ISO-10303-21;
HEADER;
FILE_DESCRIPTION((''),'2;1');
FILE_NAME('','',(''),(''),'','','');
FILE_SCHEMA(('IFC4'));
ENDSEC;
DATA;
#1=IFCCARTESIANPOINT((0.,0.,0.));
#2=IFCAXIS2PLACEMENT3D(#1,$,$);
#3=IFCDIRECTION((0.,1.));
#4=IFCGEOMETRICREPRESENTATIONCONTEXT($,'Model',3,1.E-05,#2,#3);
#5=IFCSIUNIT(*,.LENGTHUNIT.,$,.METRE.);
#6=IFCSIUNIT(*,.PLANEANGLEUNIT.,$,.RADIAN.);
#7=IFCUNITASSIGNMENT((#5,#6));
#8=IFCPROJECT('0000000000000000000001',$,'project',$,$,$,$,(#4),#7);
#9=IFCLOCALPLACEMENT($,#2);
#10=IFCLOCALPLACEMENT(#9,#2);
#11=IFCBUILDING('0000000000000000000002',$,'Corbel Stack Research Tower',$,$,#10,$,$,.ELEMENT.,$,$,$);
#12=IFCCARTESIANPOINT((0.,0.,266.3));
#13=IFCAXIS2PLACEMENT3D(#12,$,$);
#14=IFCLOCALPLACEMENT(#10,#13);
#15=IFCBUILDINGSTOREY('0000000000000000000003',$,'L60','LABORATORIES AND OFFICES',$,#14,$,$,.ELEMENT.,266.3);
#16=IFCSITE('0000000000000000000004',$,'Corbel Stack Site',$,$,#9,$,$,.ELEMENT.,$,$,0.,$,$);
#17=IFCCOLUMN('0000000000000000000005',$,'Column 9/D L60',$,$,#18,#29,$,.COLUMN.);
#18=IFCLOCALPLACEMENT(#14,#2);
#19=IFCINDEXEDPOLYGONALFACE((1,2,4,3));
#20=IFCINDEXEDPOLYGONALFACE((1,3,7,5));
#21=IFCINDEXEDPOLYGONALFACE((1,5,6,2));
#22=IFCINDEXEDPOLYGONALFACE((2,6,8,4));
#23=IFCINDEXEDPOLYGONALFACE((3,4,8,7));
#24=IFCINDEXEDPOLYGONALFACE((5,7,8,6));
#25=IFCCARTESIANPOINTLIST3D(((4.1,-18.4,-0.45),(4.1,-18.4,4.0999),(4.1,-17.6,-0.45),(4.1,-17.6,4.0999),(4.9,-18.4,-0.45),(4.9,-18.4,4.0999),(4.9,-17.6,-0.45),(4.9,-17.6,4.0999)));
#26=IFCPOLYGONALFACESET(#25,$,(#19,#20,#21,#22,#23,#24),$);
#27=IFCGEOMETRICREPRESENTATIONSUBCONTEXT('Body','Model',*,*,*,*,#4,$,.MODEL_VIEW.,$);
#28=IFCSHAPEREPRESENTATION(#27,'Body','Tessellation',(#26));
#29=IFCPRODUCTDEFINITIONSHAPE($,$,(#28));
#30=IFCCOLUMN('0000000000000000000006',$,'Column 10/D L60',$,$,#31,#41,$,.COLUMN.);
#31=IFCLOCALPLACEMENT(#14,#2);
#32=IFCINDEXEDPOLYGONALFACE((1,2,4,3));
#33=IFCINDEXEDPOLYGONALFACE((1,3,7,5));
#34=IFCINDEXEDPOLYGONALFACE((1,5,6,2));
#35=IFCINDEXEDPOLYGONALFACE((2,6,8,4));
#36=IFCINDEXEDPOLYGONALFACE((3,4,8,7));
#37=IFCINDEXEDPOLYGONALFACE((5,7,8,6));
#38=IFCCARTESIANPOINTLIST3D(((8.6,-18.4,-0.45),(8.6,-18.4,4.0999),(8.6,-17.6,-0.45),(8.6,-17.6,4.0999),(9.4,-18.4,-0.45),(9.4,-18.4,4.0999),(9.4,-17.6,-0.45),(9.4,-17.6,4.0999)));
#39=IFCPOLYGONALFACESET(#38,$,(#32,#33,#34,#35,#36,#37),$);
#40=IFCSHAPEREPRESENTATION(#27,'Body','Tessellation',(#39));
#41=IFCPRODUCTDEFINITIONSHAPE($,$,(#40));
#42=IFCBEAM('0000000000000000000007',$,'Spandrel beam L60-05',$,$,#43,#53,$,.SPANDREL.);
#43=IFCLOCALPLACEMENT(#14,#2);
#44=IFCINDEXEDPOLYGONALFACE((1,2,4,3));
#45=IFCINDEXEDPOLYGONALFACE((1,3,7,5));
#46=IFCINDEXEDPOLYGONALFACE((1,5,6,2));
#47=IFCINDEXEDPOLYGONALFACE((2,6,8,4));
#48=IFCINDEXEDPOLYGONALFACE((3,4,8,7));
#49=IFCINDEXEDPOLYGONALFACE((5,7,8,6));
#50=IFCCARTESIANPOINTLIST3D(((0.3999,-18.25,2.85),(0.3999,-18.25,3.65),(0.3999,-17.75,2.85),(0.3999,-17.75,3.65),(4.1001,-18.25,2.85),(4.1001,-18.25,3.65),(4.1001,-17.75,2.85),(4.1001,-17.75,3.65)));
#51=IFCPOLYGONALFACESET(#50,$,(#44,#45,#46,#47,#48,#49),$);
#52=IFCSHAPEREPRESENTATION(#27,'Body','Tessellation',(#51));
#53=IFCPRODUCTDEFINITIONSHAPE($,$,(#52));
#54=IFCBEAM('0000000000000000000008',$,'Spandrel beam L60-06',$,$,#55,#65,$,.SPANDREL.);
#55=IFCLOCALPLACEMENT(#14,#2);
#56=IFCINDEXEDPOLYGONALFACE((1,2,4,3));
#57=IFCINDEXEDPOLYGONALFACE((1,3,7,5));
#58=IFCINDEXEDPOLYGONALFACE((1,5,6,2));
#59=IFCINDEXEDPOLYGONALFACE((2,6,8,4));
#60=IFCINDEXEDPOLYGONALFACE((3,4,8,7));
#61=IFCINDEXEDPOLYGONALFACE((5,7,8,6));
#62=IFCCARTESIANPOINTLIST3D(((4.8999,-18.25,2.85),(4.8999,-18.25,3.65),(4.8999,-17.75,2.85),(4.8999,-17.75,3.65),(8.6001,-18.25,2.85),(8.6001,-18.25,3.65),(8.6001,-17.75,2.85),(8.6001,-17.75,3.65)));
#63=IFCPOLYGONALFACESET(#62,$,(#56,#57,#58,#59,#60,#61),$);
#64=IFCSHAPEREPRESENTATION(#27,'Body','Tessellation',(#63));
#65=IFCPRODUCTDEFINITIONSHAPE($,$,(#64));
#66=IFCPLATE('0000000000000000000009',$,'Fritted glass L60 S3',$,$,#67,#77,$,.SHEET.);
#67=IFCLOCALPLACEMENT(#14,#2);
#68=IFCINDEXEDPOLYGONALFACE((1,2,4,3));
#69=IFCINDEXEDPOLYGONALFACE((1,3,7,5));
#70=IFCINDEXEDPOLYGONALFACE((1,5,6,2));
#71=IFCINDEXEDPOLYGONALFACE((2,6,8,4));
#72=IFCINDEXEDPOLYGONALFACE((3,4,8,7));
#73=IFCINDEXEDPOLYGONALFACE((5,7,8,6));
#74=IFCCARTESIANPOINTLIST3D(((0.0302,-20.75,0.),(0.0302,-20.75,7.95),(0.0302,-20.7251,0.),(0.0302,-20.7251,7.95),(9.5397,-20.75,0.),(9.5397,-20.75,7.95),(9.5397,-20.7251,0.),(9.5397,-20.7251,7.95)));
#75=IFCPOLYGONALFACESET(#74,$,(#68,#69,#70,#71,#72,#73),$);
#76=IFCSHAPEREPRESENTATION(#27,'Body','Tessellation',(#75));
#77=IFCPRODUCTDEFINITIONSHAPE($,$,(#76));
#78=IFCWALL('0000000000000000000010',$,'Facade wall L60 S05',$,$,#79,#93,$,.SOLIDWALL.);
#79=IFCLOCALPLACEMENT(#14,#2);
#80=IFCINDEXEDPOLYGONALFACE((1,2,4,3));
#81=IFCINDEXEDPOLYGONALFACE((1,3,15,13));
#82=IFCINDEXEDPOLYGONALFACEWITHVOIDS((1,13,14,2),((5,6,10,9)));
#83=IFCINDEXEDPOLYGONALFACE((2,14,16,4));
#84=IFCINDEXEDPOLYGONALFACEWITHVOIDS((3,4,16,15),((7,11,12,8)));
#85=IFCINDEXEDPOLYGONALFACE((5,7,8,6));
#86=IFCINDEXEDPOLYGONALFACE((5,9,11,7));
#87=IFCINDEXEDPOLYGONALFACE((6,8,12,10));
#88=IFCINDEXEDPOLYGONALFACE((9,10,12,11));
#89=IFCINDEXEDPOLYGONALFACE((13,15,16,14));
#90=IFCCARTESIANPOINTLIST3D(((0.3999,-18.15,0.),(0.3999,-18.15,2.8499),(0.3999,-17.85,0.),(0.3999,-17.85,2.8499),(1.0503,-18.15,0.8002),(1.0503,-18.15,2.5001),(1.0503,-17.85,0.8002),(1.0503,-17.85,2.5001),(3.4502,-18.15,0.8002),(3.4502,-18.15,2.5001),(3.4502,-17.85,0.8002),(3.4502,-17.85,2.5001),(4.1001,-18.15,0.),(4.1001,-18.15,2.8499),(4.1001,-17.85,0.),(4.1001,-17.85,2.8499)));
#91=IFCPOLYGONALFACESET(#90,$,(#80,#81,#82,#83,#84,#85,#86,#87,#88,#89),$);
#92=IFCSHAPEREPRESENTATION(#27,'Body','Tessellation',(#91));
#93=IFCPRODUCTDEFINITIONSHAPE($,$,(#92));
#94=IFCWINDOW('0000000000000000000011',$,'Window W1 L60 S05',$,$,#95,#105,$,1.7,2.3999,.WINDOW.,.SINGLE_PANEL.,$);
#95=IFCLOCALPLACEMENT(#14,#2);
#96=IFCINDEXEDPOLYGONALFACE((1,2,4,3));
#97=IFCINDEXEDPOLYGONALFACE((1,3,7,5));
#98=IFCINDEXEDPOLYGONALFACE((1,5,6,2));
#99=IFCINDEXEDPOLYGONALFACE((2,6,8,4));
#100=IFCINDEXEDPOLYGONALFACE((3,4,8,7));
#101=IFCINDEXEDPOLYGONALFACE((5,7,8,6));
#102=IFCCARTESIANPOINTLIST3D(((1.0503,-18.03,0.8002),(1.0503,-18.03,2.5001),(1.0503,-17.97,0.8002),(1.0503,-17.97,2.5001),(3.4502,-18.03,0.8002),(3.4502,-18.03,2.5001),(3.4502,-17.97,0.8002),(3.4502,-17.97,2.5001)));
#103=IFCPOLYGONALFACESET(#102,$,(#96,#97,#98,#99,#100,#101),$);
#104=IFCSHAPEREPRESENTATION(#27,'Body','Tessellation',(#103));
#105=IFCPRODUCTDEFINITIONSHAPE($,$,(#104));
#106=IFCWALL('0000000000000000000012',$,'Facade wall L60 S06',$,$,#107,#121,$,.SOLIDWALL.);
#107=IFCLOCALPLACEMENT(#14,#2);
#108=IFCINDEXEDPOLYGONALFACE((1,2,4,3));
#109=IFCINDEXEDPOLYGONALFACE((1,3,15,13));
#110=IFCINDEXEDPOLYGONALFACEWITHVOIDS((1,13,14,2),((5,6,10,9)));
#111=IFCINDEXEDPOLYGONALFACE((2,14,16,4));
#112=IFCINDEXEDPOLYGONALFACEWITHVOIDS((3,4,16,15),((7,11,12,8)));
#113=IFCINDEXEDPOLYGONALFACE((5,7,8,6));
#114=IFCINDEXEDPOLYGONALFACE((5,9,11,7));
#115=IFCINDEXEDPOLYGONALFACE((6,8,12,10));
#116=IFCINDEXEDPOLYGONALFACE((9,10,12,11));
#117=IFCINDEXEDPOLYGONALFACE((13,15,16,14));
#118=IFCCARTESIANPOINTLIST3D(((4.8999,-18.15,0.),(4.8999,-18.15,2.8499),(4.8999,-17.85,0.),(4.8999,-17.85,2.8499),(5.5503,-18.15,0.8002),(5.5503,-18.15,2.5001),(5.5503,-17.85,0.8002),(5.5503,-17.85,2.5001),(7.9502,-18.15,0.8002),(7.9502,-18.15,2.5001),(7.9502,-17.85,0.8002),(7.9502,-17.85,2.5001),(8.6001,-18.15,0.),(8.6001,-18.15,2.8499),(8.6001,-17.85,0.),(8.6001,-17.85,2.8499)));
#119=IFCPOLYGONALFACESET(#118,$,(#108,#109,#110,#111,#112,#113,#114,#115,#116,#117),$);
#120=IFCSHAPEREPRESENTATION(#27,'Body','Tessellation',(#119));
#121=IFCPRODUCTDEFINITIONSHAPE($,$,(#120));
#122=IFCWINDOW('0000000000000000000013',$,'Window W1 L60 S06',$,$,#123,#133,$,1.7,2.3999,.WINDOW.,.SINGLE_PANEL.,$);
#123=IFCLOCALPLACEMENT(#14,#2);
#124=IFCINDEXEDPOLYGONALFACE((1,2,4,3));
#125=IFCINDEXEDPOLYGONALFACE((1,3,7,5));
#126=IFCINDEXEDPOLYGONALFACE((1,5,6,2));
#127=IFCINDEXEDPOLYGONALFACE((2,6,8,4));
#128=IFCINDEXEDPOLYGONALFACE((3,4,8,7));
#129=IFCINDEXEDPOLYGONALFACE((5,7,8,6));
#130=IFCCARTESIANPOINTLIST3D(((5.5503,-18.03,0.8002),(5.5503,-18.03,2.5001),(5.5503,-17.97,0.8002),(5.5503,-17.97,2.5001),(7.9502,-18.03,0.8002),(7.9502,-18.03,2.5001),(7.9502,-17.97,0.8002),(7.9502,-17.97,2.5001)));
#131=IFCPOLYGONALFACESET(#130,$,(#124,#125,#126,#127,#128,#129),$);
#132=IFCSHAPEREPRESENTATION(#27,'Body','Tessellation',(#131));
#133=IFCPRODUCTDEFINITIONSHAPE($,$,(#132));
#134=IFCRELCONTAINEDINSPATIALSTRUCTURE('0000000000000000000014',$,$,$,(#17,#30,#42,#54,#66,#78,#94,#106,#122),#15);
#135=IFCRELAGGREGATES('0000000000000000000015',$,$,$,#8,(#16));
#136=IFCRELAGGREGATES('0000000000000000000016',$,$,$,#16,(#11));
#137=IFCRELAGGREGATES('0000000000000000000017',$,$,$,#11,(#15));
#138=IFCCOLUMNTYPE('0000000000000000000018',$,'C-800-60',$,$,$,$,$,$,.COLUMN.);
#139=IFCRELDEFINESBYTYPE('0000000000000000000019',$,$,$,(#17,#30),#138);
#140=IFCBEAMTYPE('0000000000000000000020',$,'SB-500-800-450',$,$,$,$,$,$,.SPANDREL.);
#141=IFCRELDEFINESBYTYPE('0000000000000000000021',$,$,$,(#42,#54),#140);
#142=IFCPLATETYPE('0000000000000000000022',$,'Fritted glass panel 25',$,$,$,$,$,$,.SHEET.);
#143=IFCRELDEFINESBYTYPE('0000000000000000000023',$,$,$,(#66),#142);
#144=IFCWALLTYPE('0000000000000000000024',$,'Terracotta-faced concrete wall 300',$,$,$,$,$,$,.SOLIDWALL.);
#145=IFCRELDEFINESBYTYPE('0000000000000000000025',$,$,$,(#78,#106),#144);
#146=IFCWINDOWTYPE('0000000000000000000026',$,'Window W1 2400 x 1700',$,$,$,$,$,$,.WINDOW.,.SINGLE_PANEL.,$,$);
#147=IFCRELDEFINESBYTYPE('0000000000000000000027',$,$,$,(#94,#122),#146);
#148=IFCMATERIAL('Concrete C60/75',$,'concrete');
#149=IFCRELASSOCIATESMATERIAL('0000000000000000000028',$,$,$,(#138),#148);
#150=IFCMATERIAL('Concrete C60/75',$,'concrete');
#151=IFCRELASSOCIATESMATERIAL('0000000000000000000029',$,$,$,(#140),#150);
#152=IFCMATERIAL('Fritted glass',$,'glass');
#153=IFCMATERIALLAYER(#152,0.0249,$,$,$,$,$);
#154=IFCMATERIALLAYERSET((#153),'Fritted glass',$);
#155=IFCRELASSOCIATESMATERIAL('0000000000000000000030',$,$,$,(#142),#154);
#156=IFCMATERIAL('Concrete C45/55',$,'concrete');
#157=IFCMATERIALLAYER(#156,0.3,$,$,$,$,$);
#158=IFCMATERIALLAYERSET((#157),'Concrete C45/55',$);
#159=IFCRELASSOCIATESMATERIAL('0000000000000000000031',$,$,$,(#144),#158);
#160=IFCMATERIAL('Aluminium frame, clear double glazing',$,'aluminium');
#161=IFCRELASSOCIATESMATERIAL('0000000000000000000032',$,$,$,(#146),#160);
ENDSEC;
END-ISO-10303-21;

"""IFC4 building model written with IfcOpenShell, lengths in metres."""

from ifc_helpers import new_model, si_unit, direction, frame, frame_2d, origin, origin_2d, place, context, subcontext, project, spatial, rectangle, extrude, material, layer, layer_set, material_profile, profile_set, type_object, element, fill, save


model = new_model("IFC4")

# Units and contexts
model_context = context("Model", 3, precision=1e-05, world=origin(), true_north=direction((0.0, 1.0)))
body_context = subcontext(model_context, "Body", "Model", "MODEL_VIEW")
ifc_project = project(units=[si_unit("LENGTHUNIT", "METRE"), si_unit("PLANEANGLEUNIT", "RADIAN")], contexts=[model_context])

# Site, building, storey
site_placement = place(None, origin())
site = spatial("IfcSite", under=ifc_project, at=site_placement, Name="Corbel Stack Site", CompositionType="ELEMENT", RefElevation=0.0)
building_placement = place(site_placement, origin())
building = spatial("IfcBuilding", under=site, at=building_placement, Name="Corbel Stack Research Tower", CompositionType="ELEMENT")
storey_placement = place(building_placement, frame((0.0, 0.0, 266.3)))
storey = spatial("IfcBuildingStorey", under=building, at=storey_placement, Name="L60", Description="LABORATORIES AND OFFICES", CompositionType="ELEMENT", Elevation=266.3)

# Columns
ifc_material_1 = material(Name="Concrete C60/75", Category="concrete")
ifc_material_profile_1 = material_profile(ifc_material_1, rectangle(XDim=0.8, YDim=0.8, at=origin_2d()), Name="RC 800 x 800")
ifc_profile_set_1 = profile_set([ifc_material_profile_1], Name="Concrete C60/75")
column_type = type_object("IfcColumnType", Name="C-800-60", PredefinedType="COLUMN", material=ifc_profile_set_1)
for number, where, z_axis, x_axis, name in (
    (1, (4.5, -18.0, -0.45), (0.0, 0.0, 1.0), (1.0, 0.0, 0.0), "Column 9/D L60"),
    (2, (9.0, -18.0, -0.45), (0.0, 0.0, 1.0), (1.0, 0.0, 0.0), "Column 10/D L60"),
):
    element("IfcColumn", number, at=place(storey_placement, frame(where, z_axis=z_axis, x_axis=x_axis)), inside=storey, type_object=column_type, Name=name, PredefinedType="COLUMN", context=body_context, shape_type="SweptSolid", body=[
        extrude(rectangle(XDim=0.8, YDim=0.8, at=origin_2d()), origin(), (0.0, 0.0, 1.0), 4.5498),
    ])

# Beams
ifc_material_2 = material(Name="Concrete C60/75", Category="concrete")
ifc_material_profile_2 = material_profile(ifc_material_2, rectangle(XDim=0.5, YDim=0.8, at=origin_2d()), Name="RC 500 x 800")
ifc_profile_set_2 = profile_set([ifc_material_profile_2], Name="Concrete C60/75")
beam_type = type_object("IfcBeamType", Name="SB-500-800-450", PredefinedType="SPANDREL", material=ifc_profile_set_2)
for number, where, z_axis, x_axis, name in (
    (3, (0.3999, -18.0, 3.25), (1.0, 0.0, 0.0), (0.0, 1.0, 0.0), "Spandrel beam L60-05"),
    (4, (4.8999, -18.0, 3.25), (1.0, 0.0, 0.0), (0.0, 1.0, 0.0), "Spandrel beam L60-06"),
):
    element("IfcBeam", number, at=place(storey_placement, frame(where, z_axis=z_axis, x_axis=x_axis)), inside=storey, type_object=beam_type, Name=name, PredefinedType="SPANDREL", context=body_context, shape_type="SweptSolid", body=[
        extrude(rectangle(XDim=0.5, YDim=0.8, at=origin_2d()), origin(), (0.0, 0.0, 1.0), 3.7002),
    ])

# Plate
ifc_material_3 = material(Name="Fritted glass", Category="glass")
ifc_layer_1 = layer(ifc_material_3, 0.0249)
ifc_layer_set_1 = layer_set([ifc_layer_1], Name="Fritted glass")
plate_type = type_object("IfcPlateType", Name="Fritted glass panel 25", PredefinedType="SHEET", material=ifc_layer_set_1)
plate_placement = place(storey_placement, frame((4.7849, -20.7375, 0.0), z_axis=(0.0, 0.0, 1.0), x_axis=(1.0, 0.0, 0.0)))
element("IfcPlate", 5, at=plate_placement, inside=storey, type_object=plate_type, Name="Fritted glass L60 S3", PredefinedType="SHEET", context=body_context, shape_type="SweptSolid", body=[
    extrude(rectangle(XDim=9.5095, YDim=0.0249, at=origin_2d()), origin(), (0.0, 0.0, 1.0), 7.95),
])

# Walls, openings, windows
ifc_material_4 = material(Name="Concrete C45/55", Category="concrete")
ifc_layer_2 = layer(ifc_material_4, 0.3)
ifc_layer_set_2 = layer_set([ifc_layer_2], Name="Concrete C45/55")
wall_type = type_object("IfcWallType", Name="Terracotta-faced concrete wall 300", PredefinedType="SOLIDWALL", material=ifc_layer_set_2)
wall_1_placement = place(storey_placement, frame((4.1001, -18.0, 0.0), z_axis=(0.0, 0.0, 1.0), x_axis=(-1.0, 0.0, 0.0)))
wall_1 = element("IfcWall", 6, at=wall_1_placement, inside=storey, type_object=wall_type, Name="Facade wall L60 S05", PredefinedType="SOLIDWALL", context=body_context, shape_type="SweptSolid", body=[
    extrude(rectangle(XDim=3.7002, YDim=0.3, at=frame_2d((1.8501, 0.0))), origin(), (0.0, 0.0, 1.0), 2.8499),
])
opening_1_placement = place(wall_1_placement, frame((0.6499, 0.0, 0.8)))
opening_1 = element("IfcOpeningElement", 7, at=opening_1_placement, cuts=wall_1, PredefinedType="OPENING", context=body_context, shape_type="SweptSolid", body=[
    extrude(rectangle(XDim=2.3999, YDim=1.7, at=frame_2d((1.2, 0.8501))), frame((0.0, 0.1599, 0.0), z_axis=(0.0, -1.0, 0.0), x_axis=(1.0, 0.0, 0.0)), (0.0, 0.0, 1.0), 0.3201),
])
ifc_material_5 = material(Name="Aluminium frame, clear double glazing", Category="aluminium")
window_type = type_object("IfcWindowType", Name="Window W1 2400 x 1700", PartitioningType="SINGLE_PANEL", PredefinedType="WINDOW", material=ifc_material_5)
window_1_placement = place(opening_1_placement, origin())
window_1 = element("IfcWindow", 8, at=window_1_placement, inside=storey, type_object=window_type, Name="Window W1 L60 S05", OverallHeight=1.7, OverallWidth=2.3999, PartitioningType="SINGLE_PANEL", PredefinedType="WINDOW", context=body_context, shape_type="SweptSolid", body=[
    extrude(rectangle(XDim=2.3999, YDim=1.7, at=frame_2d((1.2, 0.8501))), frame((0.0, 0.03, 0.0), z_axis=(0.0, -1.0, 0.0), x_axis=(1.0, 0.0, 0.0)), (0.0, 0.0, 1.0), 0.0601),
])
fill(opening_1, window_1)
wall_2_placement = place(storey_placement, frame((8.6001, -18.0, 0.0), z_axis=(0.0, 0.0, 1.0), x_axis=(-1.0, 0.0, 0.0)))
wall_2 = element("IfcWall", 9, at=wall_2_placement, inside=storey, type_object=wall_type, Name="Facade wall L60 S06", PredefinedType="SOLIDWALL", context=body_context, shape_type="SweptSolid", body=[
    extrude(rectangle(XDim=3.7002, YDim=0.3, at=frame_2d((1.8501, 0.0))), origin(), (0.0, 0.0, 1.0), 2.8499),
])
opening_2_placement = place(wall_2_placement, frame((0.6499, 0.0, 0.8)))
opening_2 = element("IfcOpeningElement", 10, at=opening_2_placement, cuts=wall_2, PredefinedType="OPENING", context=body_context, shape_type="SweptSolid", body=[
    extrude(rectangle(XDim=2.3999, YDim=1.7, at=frame_2d((1.2, 0.8501))), frame((0.0, 0.1599, 0.0), z_axis=(0.0, -1.0, 0.0), x_axis=(1.0, 0.0, 0.0)), (0.0, 0.0, 1.0), 0.3201),
])
window_2_placement = place(opening_2_placement, origin())
window_2 = element("IfcWindow", 11, at=window_2_placement, inside=storey, type_object=window_type, Name="Window W1 L60 S06", OverallHeight=1.7, OverallWidth=2.3999, PartitioningType="SINGLE_PANEL", PredefinedType="WINDOW", context=body_context, shape_type="SweptSolid", body=[
    extrude(rectangle(XDim=2.3999, YDim=1.7, at=frame_2d((1.2, 0.8501))), frame((0.0, 0.03, 0.0), z_axis=(0.0, -1.0, 0.0), x_axis=(1.0, 0.0, 0.0)), (0.0, 0.0, 1.0), 0.0601),
])
fill(opening_2, window_2)

save(model, "model.ifc")
